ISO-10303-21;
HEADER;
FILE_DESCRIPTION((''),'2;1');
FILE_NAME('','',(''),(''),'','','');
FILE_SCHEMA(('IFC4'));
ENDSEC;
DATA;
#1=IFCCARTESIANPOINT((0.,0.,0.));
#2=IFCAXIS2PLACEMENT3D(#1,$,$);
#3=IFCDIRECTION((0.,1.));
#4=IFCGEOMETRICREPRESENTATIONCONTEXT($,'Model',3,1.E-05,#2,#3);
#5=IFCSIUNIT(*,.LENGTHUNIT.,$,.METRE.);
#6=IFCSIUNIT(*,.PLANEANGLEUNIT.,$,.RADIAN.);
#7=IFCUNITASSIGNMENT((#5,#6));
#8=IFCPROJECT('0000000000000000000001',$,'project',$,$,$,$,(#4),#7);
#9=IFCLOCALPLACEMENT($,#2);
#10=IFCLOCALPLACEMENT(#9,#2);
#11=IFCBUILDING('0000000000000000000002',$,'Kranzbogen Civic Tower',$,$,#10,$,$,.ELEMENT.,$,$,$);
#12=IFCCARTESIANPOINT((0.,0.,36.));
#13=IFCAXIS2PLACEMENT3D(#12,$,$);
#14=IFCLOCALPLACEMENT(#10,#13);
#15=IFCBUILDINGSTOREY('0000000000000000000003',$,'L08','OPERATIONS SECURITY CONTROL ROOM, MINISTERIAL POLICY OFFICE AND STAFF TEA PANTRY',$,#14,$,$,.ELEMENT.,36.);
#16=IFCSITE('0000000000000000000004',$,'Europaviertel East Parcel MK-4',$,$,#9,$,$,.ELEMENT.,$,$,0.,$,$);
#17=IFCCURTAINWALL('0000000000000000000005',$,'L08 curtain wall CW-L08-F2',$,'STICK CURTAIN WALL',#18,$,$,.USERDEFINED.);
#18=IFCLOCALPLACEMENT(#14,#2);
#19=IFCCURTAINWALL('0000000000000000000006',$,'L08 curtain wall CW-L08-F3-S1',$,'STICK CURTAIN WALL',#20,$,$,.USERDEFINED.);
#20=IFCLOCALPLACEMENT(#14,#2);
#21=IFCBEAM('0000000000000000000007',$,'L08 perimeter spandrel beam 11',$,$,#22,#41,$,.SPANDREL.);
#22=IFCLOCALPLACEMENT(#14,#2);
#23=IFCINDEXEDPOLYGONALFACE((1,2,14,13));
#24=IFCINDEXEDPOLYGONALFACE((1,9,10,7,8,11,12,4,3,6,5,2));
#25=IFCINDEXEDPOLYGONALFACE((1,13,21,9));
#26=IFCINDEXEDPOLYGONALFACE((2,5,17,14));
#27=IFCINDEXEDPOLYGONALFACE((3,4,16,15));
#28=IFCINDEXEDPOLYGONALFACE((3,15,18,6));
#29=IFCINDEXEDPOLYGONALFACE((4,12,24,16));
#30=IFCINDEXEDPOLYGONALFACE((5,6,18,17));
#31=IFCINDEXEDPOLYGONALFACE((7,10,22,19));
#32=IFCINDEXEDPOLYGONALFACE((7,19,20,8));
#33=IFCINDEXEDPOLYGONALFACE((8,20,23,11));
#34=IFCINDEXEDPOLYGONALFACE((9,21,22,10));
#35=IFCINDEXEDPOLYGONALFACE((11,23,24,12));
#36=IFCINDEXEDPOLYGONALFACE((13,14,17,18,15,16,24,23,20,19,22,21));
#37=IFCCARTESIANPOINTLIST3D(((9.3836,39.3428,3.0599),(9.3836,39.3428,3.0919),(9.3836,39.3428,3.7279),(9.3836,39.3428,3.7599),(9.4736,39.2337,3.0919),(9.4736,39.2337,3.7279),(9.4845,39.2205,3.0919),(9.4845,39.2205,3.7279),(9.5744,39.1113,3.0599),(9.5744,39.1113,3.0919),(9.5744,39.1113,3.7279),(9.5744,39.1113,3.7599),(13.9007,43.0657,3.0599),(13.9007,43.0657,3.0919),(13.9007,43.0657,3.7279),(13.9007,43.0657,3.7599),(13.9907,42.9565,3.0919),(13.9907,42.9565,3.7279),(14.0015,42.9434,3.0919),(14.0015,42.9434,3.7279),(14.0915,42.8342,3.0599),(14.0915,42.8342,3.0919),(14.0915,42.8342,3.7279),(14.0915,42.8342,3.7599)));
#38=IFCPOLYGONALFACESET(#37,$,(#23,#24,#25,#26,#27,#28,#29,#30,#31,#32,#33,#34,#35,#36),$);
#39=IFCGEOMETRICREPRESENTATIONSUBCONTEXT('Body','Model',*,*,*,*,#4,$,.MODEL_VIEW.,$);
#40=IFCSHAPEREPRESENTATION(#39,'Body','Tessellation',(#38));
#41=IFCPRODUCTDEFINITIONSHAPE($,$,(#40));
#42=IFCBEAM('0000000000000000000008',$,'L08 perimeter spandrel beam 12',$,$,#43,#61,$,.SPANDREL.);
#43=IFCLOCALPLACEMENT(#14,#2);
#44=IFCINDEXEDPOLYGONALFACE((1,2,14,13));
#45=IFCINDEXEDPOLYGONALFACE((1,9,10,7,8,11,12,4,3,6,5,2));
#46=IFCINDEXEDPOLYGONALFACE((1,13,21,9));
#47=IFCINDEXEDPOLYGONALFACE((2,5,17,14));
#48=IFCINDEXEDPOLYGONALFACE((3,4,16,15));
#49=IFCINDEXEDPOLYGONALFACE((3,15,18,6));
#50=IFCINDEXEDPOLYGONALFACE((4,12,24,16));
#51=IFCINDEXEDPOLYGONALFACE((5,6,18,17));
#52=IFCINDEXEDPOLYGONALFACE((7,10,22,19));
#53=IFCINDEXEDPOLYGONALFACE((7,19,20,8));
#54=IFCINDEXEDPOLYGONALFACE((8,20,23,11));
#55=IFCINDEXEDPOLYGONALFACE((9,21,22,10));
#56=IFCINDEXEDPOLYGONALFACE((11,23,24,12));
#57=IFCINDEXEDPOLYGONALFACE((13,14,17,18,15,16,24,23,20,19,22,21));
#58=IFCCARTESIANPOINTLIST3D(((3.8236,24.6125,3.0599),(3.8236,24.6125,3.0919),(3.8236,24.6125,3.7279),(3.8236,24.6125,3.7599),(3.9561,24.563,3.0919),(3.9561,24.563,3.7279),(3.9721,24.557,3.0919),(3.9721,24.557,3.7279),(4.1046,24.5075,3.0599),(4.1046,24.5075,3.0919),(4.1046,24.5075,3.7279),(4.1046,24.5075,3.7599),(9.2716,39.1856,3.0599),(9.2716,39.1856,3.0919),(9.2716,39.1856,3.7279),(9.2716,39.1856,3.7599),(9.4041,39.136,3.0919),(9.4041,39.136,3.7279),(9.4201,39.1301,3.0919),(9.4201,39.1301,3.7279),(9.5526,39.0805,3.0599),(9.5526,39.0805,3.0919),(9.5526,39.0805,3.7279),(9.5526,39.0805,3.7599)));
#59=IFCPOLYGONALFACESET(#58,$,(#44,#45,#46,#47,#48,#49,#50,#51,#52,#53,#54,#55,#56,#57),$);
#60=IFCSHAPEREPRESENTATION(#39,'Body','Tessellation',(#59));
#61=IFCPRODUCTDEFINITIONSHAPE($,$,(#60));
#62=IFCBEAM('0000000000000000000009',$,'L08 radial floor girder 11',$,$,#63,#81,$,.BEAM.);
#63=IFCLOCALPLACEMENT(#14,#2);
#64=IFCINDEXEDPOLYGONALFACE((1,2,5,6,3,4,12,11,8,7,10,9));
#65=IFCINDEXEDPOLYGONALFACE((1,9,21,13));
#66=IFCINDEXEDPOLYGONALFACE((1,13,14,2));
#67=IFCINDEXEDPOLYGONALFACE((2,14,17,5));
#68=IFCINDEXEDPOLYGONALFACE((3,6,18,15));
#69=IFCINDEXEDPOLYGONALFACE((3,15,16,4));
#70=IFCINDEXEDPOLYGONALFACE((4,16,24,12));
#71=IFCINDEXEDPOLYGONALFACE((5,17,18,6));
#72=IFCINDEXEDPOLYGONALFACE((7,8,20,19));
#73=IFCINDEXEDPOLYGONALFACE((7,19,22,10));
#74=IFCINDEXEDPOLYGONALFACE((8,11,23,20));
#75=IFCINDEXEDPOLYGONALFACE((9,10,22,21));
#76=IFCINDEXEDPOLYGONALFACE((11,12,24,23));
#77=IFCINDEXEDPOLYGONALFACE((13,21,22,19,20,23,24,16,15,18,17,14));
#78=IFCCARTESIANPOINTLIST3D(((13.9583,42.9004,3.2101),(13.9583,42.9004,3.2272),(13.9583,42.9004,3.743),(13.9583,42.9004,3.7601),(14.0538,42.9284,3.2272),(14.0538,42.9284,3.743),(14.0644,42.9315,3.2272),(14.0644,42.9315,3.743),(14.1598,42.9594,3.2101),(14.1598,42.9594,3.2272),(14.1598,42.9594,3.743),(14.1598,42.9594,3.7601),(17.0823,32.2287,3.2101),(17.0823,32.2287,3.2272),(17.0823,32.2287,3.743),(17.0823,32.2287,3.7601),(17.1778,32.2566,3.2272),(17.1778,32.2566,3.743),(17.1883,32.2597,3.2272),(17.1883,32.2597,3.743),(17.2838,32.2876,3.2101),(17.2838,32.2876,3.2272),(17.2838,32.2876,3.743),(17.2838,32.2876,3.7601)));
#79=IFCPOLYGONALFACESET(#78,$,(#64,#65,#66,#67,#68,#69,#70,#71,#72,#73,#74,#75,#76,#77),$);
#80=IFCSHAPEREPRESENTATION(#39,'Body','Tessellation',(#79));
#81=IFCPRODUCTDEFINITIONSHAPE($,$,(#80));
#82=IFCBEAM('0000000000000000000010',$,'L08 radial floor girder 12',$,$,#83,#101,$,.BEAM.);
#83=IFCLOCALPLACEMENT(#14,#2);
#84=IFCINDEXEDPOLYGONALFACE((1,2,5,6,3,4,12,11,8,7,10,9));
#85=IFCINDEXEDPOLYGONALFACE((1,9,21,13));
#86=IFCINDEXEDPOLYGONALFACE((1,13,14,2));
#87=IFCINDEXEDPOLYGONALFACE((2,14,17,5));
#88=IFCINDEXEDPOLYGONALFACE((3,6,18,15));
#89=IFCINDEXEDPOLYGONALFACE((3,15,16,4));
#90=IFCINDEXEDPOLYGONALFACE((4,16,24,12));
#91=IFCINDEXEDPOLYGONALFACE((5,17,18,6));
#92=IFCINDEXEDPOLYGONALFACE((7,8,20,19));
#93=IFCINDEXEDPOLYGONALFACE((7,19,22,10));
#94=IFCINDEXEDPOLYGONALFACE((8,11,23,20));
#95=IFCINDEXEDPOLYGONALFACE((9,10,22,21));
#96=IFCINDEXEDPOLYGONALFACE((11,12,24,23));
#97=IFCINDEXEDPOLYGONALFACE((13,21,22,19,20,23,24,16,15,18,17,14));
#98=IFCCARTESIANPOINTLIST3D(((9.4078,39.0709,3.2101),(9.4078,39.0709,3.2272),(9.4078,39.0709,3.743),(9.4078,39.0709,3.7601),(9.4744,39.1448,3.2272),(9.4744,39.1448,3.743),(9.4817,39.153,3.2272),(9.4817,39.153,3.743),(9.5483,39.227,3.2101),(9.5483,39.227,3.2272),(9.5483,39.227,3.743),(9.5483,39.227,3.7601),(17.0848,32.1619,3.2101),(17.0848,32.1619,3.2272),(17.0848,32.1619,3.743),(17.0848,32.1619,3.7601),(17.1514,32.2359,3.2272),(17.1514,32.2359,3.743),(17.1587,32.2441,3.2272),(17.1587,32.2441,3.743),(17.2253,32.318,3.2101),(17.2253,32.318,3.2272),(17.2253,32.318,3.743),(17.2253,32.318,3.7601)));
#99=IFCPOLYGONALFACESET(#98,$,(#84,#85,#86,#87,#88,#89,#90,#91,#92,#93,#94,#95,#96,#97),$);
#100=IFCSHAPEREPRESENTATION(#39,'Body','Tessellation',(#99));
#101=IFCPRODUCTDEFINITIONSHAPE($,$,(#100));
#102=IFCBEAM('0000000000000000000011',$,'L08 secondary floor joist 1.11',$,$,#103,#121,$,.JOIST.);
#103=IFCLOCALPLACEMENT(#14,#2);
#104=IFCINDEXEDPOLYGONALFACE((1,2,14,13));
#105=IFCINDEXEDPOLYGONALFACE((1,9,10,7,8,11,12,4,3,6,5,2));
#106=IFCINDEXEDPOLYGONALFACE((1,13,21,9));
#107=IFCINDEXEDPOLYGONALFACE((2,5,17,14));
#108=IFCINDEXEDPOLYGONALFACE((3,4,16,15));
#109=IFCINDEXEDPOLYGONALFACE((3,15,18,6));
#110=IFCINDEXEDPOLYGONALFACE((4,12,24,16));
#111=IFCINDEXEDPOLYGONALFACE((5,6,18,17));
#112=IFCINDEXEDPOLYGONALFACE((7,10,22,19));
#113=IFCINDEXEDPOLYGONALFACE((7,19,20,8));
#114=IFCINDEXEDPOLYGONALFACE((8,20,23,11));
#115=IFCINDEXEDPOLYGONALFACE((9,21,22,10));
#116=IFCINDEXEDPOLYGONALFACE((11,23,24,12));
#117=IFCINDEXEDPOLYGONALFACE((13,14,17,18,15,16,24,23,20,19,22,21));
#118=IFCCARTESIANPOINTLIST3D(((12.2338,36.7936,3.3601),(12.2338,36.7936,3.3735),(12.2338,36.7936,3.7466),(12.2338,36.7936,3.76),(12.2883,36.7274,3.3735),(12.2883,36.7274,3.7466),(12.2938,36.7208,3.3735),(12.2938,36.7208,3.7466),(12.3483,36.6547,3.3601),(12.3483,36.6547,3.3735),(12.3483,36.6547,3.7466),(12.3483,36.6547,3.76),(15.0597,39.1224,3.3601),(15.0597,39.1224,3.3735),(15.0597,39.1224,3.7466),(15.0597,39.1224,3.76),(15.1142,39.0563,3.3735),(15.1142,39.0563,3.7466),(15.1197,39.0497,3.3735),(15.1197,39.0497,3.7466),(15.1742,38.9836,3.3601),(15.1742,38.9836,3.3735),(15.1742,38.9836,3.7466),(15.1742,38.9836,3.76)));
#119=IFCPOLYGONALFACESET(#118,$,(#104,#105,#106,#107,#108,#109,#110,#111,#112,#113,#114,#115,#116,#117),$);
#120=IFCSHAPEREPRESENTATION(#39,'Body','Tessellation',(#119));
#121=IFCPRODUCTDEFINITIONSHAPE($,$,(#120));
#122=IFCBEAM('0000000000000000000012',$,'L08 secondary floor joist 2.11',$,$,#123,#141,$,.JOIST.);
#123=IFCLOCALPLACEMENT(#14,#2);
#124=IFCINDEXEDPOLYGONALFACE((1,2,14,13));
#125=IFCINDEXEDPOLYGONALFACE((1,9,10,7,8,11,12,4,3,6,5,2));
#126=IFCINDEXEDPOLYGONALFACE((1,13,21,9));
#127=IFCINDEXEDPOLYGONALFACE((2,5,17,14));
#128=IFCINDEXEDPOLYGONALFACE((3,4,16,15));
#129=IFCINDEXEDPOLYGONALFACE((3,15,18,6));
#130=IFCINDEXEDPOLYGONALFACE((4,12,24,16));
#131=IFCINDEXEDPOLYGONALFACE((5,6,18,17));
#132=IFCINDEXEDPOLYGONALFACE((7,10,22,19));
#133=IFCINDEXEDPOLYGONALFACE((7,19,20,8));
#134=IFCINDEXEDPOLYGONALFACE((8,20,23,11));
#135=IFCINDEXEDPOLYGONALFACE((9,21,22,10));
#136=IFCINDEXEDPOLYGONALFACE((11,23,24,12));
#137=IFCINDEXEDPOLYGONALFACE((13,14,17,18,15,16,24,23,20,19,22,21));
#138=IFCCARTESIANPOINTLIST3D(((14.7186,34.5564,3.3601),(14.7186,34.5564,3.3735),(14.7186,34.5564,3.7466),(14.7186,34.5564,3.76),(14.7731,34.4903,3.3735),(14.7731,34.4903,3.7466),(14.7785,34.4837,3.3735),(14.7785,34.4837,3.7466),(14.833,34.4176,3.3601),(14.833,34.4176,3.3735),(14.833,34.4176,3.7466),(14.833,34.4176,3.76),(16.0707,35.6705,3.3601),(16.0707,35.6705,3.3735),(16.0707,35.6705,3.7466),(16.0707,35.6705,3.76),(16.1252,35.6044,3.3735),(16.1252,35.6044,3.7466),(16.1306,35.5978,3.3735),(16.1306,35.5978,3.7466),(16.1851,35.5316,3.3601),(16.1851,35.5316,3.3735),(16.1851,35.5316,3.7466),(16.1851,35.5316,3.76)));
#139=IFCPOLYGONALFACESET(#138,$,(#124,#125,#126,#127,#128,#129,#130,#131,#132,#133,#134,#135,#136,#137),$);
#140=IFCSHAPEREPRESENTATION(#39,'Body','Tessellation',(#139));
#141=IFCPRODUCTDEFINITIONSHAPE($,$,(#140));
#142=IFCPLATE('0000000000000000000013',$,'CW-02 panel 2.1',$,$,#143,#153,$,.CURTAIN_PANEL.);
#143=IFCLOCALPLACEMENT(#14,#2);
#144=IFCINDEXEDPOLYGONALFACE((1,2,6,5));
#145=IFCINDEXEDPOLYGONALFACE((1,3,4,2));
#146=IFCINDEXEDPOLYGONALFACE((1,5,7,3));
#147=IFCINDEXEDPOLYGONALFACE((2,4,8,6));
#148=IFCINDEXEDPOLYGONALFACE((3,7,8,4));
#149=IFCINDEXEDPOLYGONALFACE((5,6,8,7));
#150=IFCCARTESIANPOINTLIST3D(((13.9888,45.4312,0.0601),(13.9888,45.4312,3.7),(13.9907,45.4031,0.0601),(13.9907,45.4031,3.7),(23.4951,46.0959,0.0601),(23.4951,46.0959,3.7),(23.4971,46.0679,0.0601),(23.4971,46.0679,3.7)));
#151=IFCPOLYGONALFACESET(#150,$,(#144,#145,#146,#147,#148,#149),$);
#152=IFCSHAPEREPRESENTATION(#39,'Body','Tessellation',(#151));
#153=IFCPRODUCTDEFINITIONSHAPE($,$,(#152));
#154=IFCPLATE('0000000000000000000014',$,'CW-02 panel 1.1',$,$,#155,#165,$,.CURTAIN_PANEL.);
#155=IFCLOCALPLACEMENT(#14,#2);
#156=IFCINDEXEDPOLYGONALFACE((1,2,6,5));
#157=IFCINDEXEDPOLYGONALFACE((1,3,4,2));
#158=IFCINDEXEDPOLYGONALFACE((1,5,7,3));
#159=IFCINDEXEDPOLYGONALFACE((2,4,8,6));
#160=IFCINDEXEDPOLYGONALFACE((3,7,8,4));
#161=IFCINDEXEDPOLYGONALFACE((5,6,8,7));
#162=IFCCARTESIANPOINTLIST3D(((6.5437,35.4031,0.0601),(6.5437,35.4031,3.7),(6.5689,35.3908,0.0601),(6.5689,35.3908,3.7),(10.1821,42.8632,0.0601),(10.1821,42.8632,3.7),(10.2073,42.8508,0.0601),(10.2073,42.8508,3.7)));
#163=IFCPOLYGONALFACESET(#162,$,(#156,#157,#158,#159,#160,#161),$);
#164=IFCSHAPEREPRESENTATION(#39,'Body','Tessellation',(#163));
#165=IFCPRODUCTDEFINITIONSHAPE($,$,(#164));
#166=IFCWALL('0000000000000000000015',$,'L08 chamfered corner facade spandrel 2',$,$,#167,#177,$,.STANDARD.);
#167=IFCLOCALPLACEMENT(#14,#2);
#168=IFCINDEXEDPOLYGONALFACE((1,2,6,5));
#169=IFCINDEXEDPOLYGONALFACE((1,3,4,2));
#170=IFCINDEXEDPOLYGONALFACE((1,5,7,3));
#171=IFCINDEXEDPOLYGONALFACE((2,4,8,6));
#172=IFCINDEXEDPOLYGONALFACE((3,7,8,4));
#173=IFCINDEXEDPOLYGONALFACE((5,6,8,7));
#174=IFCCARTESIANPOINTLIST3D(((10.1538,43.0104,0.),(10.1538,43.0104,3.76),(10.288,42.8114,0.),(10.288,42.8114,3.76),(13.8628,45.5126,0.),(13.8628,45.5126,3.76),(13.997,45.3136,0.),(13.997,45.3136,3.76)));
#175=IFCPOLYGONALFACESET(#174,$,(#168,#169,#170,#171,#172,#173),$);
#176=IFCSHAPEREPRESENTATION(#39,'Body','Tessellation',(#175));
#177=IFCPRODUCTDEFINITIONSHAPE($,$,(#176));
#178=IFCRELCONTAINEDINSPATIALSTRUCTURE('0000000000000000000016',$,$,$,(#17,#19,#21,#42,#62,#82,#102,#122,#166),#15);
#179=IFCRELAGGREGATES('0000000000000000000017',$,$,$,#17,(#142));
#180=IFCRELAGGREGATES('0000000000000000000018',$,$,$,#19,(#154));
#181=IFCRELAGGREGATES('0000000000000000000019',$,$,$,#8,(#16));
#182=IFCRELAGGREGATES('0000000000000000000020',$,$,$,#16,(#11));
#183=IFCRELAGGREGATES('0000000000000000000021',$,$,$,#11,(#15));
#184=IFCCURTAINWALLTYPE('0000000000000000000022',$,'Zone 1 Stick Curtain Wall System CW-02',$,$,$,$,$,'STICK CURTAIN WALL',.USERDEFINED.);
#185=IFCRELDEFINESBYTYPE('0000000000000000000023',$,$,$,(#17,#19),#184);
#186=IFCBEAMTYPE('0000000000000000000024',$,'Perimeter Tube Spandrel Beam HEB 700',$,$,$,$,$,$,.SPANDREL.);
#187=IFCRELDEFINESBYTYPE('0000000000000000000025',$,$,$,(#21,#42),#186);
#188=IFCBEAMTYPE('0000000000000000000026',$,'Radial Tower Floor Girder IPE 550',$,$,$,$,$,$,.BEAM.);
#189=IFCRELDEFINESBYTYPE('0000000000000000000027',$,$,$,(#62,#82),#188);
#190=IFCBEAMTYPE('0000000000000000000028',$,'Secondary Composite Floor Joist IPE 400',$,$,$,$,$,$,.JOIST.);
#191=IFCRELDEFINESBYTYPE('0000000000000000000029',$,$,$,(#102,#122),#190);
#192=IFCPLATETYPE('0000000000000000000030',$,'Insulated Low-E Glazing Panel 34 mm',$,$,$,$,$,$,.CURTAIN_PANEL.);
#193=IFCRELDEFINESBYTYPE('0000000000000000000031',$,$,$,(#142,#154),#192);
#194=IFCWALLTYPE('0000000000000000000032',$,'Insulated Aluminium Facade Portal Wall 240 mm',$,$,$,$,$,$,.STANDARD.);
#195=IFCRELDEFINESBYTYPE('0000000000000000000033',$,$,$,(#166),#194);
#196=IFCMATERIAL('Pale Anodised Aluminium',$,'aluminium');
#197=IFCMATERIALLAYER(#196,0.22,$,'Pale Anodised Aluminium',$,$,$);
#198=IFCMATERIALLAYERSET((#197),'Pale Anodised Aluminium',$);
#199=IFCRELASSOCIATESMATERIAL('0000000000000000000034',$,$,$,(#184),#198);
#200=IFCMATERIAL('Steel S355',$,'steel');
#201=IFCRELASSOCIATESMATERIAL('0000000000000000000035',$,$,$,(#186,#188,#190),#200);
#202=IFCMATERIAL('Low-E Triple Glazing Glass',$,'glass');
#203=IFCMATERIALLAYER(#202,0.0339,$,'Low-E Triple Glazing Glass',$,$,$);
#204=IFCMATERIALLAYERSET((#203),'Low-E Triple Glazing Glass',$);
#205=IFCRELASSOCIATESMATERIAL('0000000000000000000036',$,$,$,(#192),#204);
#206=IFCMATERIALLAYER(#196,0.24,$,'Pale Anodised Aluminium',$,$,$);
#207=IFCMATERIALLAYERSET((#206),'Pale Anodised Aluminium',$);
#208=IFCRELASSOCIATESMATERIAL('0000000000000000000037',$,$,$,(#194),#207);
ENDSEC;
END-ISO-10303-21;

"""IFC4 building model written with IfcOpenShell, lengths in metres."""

from ifc_helpers import new_model, si_unit, direction, frame, frame_2d, origin, origin_2d, place, context, subcontext, project, spatial, rectangle, i_section, extrude, material, layer, layer_set, material_profile, profile_set, type_object, element, aggregate, save


model = new_model("IFC4")

# Units and contexts
model_context = context("Model", 3, precision=1e-05, world=origin(), true_north=direction((0.0, 1.0)))
body_context = subcontext(model_context, "Body", "Model", "MODEL_VIEW")
ifc_project = project(units=[si_unit("LENGTHUNIT", "METRE"), si_unit("PLANEANGLEUNIT", "RADIAN")], contexts=[model_context])

# Site, building, storey
site_placement = place(None, origin())
site = spatial("IfcSite", under=ifc_project, at=site_placement, Name="Europaviertel East Parcel MK-4", CompositionType="ELEMENT", RefElevation=0.0)
building_placement = place(site_placement, origin())
building = spatial("IfcBuilding", under=site, at=building_placement, Name="Kranzbogen Civic Tower", CompositionType="ELEMENT")
storey_placement = place(building_placement, frame((0.0, 0.0, 36.0)))
storey = spatial("IfcBuildingStorey", under=building, at=storey_placement, Name="L08", Description="OPERATIONS SECURITY CONTROL ROOM, MINISTERIAL POLICY OFFICE AND STAFF TEA PANTRY", CompositionType="ELEMENT", Elevation=36.0)

# Shared definitions
ifc_material_1 = material(Name="Steel S355", Category="steel")

# Curtain walls
ifc_material_2 = material(Name="Pale Anodised Aluminium", Category="aluminium")
ifc_layer_1 = layer(ifc_material_2, 0.22, Name="Pale Anodised Aluminium")
ifc_layer_set_1 = layer_set([ifc_layer_1], Name="Pale Anodised Aluminium")
curtain_wall_type = type_object("IfcCurtainWallType", Name="Zone 1 Stick Curtain Wall System CW-02", ElementType="STICK CURTAIN WALL", PredefinedType="USERDEFINED", material=ifc_layer_set_1)
curtain_wall_1_placement = place(storey_placement, origin())
curtain_wall_1 = element("IfcCurtainWall", 1, at=curtain_wall_1_placement, inside=storey, type_object=curtain_wall_type, Name="L08 curtain wall CW-L08-F2", ObjectType="STICK CURTAIN WALL", PredefinedType="USERDEFINED")
curtain_wall_2_placement = place(storey_placement, origin())
curtain_wall_2 = element("IfcCurtainWall", 2, at=curtain_wall_2_placement, inside=storey, type_object=curtain_wall_type, Name="L08 curtain wall CW-L08-F3-S1", ObjectType="STICK CURTAIN WALL", PredefinedType="USERDEFINED")

# Beams
ifc_material_profile_1 = material_profile(ifc_material_1, i_section(OverallWidth=0.3, OverallDepth=0.7, WebThickness=0.0171, FlangeThickness=0.032, at=origin_2d()), Name="HEB 700")
ifc_profile_set_1 = profile_set([ifc_material_profile_1], Name="Steel S355")
beam_type_1 = type_object("IfcBeamType", Name="Perimeter Tube Spandrel Beam HEB 700", PredefinedType="SPANDREL", material=ifc_profile_set_1)
beam_1_placement = place(storey_placement, frame((13.9961, 42.95, 3.4099), z_axis=(-0.771683, -0.636007, 0.0), x_axis=(0.636007, -0.771683, 0.0)))
element("IfcBeam", 3, at=beam_1_placement, inside=storey, type_object=beam_type_1, Name="L08 perimeter spandrel beam 11", PredefinedType="SPANDREL", context=body_context, shape_type="SweptSolid", body=[
    extrude(i_section(OverallWidth=0.3, OverallDepth=0.7, WebThickness=0.0171, FlangeThickness=0.032, at=origin_2d()), origin(), (0.0, 0.0, 1.0), 5.8535),
])
beam_2_placement = place(storey_placement, frame((9.4121, 39.1331, 3.4099), z_axis=(-0.350172, -0.936685, 0.0), x_axis=(0.936685, -0.350172, 0.0)))
element("IfcBeam", 4, at=beam_2_placement, inside=storey, type_object=beam_type_1, Name="L08 perimeter spandrel beam 12", PredefinedType="SPANDREL", context=body_context, shape_type="SweptSolid", body=[
    extrude(i_section(OverallWidth=0.3, OverallDepth=0.7, WebThickness=0.0171, FlangeThickness=0.032, at=origin_2d()), origin(), (0.0, 0.0, 1.0), 15.5581),
])
ifc_material_profile_2 = material_profile(ifc_material_1, i_section(OverallWidth=0.21, OverallDepth=0.55, WebThickness=0.011, FlangeThickness=0.0171, at=origin_2d()), Name="IPE 550")
ifc_profile_set_2 = profile_set([ifc_material_profile_2], Name="Steel S355")
beam_type_2 = type_object("IfcBeamType", Name="Radial Tower Floor Girder IPE 550", PredefinedType="BEAM", material=ifc_profile_set_2)
beam_3_placement = place(storey_placement, frame((14.0591, 42.9299, 3.4851), z_axis=(0.280944, -0.959724, 0.0), x_axis=(0.959724, 0.280944, 0.0)))
element("IfcBeam", 5, at=beam_3_placement, inside=storey, type_object=beam_type_2, Name="L08 radial floor girder 11", PredefinedType="BEAM", context=body_context, shape_type="SweptSolid", body=[
    extrude(i_section(OverallWidth=0.21, OverallDepth=0.55, WebThickness=0.011, FlangeThickness=0.0171, at=origin_2d()), origin(), (0.0, 0.0, 1.0), 11.1196),
])
beam_4_placement = place(storey_placement, frame((9.478, 39.1489, 3.4851), z_axis=(0.743312, -0.668945, 0.0), x_axis=(0.668945, 0.743312, 0.0)))
element("IfcBeam", 6, at=beam_4_placement, inside=storey, type_object=beam_type_2, Name="L08 radial floor girder 12", PredefinedType="BEAM", context=body_context, shape_type="SweptSolid", body=[
    extrude(i_section(OverallWidth=0.21, OverallDepth=0.55, WebThickness=0.011, FlangeThickness=0.0171, at=origin_2d()), origin(), (0.0, 0.0, 1.0), 10.3281),
])
ifc_material_profile_3 = material_profile(ifc_material_1, i_section(OverallWidth=0.1799, OverallDepth=0.3999, WebThickness=0.0085, FlangeThickness=0.0134, at=origin_2d()), Name="IPE 400")
ifc_profile_set_3 = profile_set([ifc_material_profile_3], Name="Steel S355")
beam_type_3 = type_object("IfcBeamType", Name="Secondary Composite Floor Joist IPE 400", PredefinedType="JOIST", material=ifc_profile_set_3)
beam_5_placement = place(storey_placement, frame((15.1169, 39.053, 3.5601), z_axis=(-0.771713, -0.635971, 0.0), x_axis=(0.635971, -0.771713, 0.0)))
element("IfcBeam", 7, at=beam_5_placement, inside=storey, type_object=beam_type_3, Name="L08 secondary floor joist 1.11", PredefinedType="JOIST", context=body_context, shape_type="SweptSolid", body=[
    extrude(i_section(OverallWidth=0.1799, OverallDepth=0.3999, WebThickness=0.0085, FlangeThickness=0.0134, at=origin_2d()), origin(), (0.0, 0.0, 1.0), 3.6619),
])
beam_6_placement = place(storey_placement, frame((16.1279, 35.6011, 3.5601), z_axis=(-0.771773, -0.635898, 0.0), x_axis=(0.635898, -0.771773, 0.0)))
element("IfcBeam", 8, at=beam_6_placement, inside=storey, type_object=beam_type_3, Name="L08 secondary floor joist 2.11", PredefinedType="JOIST", context=body_context, shape_type="SweptSolid", body=[
    extrude(i_section(OverallWidth=0.1799, OverallDepth=0.3999, WebThickness=0.0085, FlangeThickness=0.0134, at=origin_2d()), origin(), (0.0, 0.0, 1.0), 1.752),
])

# Plates
ifc_material_3 = material(Name="Low-E Triple Glazing Glass", Category="glass")
ifc_layer_2 = layer(ifc_material_3, 0.0339, Name="Low-E Triple Glazing Glass")
ifc_layer_set_2 = layer_set([ifc_layer_2], Name="Low-E Triple Glazing Glass")
plate_type = type_object("IfcPlateType", Name="Insulated Low-E Glazing Panel 34 mm", PredefinedType="CURTAIN_PANEL", material=ifc_layer_set_2)
plate_1_placement = place(storey_placement, frame((18.7429, 45.7495, 0.0601), z_axis=(0.0, 0.0, 1.0), x_axis=(-0.997564, -0.069755, 0.0)))
plate_1 = element("IfcPlate", 9, at=plate_1_placement, type_object=plate_type, Name="CW-02 panel 2.1", PredefinedType="CURTAIN_PANEL", context=body_context, shape_type="SweptSolid", body=[
    extrude(rectangle(XDim=9.5295, YDim=0.0281, at=origin_2d()), origin(), (0.0, 0.0, 1.0), 3.6399),
])
aggregate(curtain_wall_1, [plate_1])
plate_2_placement = place(storey_placement, frame((8.3755, 39.127, 0.0601), z_axis=(0.0, 0.0, 1.0), x_axis=(-0.438356, -0.898802, 0.0)))
plate_2 = element("IfcPlate", 10, at=plate_2_placement, type_object=plate_type, Name="CW-02 panel 1.1", PredefinedType="CURTAIN_PANEL", context=body_context, shape_type="SweptSolid", body=[
    extrude(rectangle(XDim=8.3, YDim=0.0281, at=origin_2d()), origin(), (0.0, 0.0, 1.0), 3.6399),
])
aggregate(curtain_wall_2, [plate_2])

# Wall
ifc_layer_3 = layer(ifc_material_2, 0.24, Name="Pale Anodised Aluminium")
ifc_layer_set_3 = layer_set([ifc_layer_3], Name="Pale Anodised Aluminium")
wall_type = type_object("IfcWallType", Name="Insulated Aluminium Facade Portal Wall 240 mm", PredefinedType="STANDARD", material=ifc_layer_set_3)
wall_placement = place(storey_placement, frame((13.9299, 45.4131, 0.0), z_axis=(0.0, 0.0, 1.0), x_axis=(-0.82899, -0.559263, 0.0)))
element("IfcWall", 11, at=wall_placement, inside=storey, type_object=wall_type, Name="L08 chamfered corner facade spandrel 2", PredefinedType="STANDARD", context=body_context, shape_type="SweptSolid", body=[
    extrude(rectangle(XDim=4.4741, YDim=0.24, at=frame_2d((2.2371, 0.0))), origin(), (0.0, 0.0, 1.0), 3.76),
])

save(model, "model.ifc")
